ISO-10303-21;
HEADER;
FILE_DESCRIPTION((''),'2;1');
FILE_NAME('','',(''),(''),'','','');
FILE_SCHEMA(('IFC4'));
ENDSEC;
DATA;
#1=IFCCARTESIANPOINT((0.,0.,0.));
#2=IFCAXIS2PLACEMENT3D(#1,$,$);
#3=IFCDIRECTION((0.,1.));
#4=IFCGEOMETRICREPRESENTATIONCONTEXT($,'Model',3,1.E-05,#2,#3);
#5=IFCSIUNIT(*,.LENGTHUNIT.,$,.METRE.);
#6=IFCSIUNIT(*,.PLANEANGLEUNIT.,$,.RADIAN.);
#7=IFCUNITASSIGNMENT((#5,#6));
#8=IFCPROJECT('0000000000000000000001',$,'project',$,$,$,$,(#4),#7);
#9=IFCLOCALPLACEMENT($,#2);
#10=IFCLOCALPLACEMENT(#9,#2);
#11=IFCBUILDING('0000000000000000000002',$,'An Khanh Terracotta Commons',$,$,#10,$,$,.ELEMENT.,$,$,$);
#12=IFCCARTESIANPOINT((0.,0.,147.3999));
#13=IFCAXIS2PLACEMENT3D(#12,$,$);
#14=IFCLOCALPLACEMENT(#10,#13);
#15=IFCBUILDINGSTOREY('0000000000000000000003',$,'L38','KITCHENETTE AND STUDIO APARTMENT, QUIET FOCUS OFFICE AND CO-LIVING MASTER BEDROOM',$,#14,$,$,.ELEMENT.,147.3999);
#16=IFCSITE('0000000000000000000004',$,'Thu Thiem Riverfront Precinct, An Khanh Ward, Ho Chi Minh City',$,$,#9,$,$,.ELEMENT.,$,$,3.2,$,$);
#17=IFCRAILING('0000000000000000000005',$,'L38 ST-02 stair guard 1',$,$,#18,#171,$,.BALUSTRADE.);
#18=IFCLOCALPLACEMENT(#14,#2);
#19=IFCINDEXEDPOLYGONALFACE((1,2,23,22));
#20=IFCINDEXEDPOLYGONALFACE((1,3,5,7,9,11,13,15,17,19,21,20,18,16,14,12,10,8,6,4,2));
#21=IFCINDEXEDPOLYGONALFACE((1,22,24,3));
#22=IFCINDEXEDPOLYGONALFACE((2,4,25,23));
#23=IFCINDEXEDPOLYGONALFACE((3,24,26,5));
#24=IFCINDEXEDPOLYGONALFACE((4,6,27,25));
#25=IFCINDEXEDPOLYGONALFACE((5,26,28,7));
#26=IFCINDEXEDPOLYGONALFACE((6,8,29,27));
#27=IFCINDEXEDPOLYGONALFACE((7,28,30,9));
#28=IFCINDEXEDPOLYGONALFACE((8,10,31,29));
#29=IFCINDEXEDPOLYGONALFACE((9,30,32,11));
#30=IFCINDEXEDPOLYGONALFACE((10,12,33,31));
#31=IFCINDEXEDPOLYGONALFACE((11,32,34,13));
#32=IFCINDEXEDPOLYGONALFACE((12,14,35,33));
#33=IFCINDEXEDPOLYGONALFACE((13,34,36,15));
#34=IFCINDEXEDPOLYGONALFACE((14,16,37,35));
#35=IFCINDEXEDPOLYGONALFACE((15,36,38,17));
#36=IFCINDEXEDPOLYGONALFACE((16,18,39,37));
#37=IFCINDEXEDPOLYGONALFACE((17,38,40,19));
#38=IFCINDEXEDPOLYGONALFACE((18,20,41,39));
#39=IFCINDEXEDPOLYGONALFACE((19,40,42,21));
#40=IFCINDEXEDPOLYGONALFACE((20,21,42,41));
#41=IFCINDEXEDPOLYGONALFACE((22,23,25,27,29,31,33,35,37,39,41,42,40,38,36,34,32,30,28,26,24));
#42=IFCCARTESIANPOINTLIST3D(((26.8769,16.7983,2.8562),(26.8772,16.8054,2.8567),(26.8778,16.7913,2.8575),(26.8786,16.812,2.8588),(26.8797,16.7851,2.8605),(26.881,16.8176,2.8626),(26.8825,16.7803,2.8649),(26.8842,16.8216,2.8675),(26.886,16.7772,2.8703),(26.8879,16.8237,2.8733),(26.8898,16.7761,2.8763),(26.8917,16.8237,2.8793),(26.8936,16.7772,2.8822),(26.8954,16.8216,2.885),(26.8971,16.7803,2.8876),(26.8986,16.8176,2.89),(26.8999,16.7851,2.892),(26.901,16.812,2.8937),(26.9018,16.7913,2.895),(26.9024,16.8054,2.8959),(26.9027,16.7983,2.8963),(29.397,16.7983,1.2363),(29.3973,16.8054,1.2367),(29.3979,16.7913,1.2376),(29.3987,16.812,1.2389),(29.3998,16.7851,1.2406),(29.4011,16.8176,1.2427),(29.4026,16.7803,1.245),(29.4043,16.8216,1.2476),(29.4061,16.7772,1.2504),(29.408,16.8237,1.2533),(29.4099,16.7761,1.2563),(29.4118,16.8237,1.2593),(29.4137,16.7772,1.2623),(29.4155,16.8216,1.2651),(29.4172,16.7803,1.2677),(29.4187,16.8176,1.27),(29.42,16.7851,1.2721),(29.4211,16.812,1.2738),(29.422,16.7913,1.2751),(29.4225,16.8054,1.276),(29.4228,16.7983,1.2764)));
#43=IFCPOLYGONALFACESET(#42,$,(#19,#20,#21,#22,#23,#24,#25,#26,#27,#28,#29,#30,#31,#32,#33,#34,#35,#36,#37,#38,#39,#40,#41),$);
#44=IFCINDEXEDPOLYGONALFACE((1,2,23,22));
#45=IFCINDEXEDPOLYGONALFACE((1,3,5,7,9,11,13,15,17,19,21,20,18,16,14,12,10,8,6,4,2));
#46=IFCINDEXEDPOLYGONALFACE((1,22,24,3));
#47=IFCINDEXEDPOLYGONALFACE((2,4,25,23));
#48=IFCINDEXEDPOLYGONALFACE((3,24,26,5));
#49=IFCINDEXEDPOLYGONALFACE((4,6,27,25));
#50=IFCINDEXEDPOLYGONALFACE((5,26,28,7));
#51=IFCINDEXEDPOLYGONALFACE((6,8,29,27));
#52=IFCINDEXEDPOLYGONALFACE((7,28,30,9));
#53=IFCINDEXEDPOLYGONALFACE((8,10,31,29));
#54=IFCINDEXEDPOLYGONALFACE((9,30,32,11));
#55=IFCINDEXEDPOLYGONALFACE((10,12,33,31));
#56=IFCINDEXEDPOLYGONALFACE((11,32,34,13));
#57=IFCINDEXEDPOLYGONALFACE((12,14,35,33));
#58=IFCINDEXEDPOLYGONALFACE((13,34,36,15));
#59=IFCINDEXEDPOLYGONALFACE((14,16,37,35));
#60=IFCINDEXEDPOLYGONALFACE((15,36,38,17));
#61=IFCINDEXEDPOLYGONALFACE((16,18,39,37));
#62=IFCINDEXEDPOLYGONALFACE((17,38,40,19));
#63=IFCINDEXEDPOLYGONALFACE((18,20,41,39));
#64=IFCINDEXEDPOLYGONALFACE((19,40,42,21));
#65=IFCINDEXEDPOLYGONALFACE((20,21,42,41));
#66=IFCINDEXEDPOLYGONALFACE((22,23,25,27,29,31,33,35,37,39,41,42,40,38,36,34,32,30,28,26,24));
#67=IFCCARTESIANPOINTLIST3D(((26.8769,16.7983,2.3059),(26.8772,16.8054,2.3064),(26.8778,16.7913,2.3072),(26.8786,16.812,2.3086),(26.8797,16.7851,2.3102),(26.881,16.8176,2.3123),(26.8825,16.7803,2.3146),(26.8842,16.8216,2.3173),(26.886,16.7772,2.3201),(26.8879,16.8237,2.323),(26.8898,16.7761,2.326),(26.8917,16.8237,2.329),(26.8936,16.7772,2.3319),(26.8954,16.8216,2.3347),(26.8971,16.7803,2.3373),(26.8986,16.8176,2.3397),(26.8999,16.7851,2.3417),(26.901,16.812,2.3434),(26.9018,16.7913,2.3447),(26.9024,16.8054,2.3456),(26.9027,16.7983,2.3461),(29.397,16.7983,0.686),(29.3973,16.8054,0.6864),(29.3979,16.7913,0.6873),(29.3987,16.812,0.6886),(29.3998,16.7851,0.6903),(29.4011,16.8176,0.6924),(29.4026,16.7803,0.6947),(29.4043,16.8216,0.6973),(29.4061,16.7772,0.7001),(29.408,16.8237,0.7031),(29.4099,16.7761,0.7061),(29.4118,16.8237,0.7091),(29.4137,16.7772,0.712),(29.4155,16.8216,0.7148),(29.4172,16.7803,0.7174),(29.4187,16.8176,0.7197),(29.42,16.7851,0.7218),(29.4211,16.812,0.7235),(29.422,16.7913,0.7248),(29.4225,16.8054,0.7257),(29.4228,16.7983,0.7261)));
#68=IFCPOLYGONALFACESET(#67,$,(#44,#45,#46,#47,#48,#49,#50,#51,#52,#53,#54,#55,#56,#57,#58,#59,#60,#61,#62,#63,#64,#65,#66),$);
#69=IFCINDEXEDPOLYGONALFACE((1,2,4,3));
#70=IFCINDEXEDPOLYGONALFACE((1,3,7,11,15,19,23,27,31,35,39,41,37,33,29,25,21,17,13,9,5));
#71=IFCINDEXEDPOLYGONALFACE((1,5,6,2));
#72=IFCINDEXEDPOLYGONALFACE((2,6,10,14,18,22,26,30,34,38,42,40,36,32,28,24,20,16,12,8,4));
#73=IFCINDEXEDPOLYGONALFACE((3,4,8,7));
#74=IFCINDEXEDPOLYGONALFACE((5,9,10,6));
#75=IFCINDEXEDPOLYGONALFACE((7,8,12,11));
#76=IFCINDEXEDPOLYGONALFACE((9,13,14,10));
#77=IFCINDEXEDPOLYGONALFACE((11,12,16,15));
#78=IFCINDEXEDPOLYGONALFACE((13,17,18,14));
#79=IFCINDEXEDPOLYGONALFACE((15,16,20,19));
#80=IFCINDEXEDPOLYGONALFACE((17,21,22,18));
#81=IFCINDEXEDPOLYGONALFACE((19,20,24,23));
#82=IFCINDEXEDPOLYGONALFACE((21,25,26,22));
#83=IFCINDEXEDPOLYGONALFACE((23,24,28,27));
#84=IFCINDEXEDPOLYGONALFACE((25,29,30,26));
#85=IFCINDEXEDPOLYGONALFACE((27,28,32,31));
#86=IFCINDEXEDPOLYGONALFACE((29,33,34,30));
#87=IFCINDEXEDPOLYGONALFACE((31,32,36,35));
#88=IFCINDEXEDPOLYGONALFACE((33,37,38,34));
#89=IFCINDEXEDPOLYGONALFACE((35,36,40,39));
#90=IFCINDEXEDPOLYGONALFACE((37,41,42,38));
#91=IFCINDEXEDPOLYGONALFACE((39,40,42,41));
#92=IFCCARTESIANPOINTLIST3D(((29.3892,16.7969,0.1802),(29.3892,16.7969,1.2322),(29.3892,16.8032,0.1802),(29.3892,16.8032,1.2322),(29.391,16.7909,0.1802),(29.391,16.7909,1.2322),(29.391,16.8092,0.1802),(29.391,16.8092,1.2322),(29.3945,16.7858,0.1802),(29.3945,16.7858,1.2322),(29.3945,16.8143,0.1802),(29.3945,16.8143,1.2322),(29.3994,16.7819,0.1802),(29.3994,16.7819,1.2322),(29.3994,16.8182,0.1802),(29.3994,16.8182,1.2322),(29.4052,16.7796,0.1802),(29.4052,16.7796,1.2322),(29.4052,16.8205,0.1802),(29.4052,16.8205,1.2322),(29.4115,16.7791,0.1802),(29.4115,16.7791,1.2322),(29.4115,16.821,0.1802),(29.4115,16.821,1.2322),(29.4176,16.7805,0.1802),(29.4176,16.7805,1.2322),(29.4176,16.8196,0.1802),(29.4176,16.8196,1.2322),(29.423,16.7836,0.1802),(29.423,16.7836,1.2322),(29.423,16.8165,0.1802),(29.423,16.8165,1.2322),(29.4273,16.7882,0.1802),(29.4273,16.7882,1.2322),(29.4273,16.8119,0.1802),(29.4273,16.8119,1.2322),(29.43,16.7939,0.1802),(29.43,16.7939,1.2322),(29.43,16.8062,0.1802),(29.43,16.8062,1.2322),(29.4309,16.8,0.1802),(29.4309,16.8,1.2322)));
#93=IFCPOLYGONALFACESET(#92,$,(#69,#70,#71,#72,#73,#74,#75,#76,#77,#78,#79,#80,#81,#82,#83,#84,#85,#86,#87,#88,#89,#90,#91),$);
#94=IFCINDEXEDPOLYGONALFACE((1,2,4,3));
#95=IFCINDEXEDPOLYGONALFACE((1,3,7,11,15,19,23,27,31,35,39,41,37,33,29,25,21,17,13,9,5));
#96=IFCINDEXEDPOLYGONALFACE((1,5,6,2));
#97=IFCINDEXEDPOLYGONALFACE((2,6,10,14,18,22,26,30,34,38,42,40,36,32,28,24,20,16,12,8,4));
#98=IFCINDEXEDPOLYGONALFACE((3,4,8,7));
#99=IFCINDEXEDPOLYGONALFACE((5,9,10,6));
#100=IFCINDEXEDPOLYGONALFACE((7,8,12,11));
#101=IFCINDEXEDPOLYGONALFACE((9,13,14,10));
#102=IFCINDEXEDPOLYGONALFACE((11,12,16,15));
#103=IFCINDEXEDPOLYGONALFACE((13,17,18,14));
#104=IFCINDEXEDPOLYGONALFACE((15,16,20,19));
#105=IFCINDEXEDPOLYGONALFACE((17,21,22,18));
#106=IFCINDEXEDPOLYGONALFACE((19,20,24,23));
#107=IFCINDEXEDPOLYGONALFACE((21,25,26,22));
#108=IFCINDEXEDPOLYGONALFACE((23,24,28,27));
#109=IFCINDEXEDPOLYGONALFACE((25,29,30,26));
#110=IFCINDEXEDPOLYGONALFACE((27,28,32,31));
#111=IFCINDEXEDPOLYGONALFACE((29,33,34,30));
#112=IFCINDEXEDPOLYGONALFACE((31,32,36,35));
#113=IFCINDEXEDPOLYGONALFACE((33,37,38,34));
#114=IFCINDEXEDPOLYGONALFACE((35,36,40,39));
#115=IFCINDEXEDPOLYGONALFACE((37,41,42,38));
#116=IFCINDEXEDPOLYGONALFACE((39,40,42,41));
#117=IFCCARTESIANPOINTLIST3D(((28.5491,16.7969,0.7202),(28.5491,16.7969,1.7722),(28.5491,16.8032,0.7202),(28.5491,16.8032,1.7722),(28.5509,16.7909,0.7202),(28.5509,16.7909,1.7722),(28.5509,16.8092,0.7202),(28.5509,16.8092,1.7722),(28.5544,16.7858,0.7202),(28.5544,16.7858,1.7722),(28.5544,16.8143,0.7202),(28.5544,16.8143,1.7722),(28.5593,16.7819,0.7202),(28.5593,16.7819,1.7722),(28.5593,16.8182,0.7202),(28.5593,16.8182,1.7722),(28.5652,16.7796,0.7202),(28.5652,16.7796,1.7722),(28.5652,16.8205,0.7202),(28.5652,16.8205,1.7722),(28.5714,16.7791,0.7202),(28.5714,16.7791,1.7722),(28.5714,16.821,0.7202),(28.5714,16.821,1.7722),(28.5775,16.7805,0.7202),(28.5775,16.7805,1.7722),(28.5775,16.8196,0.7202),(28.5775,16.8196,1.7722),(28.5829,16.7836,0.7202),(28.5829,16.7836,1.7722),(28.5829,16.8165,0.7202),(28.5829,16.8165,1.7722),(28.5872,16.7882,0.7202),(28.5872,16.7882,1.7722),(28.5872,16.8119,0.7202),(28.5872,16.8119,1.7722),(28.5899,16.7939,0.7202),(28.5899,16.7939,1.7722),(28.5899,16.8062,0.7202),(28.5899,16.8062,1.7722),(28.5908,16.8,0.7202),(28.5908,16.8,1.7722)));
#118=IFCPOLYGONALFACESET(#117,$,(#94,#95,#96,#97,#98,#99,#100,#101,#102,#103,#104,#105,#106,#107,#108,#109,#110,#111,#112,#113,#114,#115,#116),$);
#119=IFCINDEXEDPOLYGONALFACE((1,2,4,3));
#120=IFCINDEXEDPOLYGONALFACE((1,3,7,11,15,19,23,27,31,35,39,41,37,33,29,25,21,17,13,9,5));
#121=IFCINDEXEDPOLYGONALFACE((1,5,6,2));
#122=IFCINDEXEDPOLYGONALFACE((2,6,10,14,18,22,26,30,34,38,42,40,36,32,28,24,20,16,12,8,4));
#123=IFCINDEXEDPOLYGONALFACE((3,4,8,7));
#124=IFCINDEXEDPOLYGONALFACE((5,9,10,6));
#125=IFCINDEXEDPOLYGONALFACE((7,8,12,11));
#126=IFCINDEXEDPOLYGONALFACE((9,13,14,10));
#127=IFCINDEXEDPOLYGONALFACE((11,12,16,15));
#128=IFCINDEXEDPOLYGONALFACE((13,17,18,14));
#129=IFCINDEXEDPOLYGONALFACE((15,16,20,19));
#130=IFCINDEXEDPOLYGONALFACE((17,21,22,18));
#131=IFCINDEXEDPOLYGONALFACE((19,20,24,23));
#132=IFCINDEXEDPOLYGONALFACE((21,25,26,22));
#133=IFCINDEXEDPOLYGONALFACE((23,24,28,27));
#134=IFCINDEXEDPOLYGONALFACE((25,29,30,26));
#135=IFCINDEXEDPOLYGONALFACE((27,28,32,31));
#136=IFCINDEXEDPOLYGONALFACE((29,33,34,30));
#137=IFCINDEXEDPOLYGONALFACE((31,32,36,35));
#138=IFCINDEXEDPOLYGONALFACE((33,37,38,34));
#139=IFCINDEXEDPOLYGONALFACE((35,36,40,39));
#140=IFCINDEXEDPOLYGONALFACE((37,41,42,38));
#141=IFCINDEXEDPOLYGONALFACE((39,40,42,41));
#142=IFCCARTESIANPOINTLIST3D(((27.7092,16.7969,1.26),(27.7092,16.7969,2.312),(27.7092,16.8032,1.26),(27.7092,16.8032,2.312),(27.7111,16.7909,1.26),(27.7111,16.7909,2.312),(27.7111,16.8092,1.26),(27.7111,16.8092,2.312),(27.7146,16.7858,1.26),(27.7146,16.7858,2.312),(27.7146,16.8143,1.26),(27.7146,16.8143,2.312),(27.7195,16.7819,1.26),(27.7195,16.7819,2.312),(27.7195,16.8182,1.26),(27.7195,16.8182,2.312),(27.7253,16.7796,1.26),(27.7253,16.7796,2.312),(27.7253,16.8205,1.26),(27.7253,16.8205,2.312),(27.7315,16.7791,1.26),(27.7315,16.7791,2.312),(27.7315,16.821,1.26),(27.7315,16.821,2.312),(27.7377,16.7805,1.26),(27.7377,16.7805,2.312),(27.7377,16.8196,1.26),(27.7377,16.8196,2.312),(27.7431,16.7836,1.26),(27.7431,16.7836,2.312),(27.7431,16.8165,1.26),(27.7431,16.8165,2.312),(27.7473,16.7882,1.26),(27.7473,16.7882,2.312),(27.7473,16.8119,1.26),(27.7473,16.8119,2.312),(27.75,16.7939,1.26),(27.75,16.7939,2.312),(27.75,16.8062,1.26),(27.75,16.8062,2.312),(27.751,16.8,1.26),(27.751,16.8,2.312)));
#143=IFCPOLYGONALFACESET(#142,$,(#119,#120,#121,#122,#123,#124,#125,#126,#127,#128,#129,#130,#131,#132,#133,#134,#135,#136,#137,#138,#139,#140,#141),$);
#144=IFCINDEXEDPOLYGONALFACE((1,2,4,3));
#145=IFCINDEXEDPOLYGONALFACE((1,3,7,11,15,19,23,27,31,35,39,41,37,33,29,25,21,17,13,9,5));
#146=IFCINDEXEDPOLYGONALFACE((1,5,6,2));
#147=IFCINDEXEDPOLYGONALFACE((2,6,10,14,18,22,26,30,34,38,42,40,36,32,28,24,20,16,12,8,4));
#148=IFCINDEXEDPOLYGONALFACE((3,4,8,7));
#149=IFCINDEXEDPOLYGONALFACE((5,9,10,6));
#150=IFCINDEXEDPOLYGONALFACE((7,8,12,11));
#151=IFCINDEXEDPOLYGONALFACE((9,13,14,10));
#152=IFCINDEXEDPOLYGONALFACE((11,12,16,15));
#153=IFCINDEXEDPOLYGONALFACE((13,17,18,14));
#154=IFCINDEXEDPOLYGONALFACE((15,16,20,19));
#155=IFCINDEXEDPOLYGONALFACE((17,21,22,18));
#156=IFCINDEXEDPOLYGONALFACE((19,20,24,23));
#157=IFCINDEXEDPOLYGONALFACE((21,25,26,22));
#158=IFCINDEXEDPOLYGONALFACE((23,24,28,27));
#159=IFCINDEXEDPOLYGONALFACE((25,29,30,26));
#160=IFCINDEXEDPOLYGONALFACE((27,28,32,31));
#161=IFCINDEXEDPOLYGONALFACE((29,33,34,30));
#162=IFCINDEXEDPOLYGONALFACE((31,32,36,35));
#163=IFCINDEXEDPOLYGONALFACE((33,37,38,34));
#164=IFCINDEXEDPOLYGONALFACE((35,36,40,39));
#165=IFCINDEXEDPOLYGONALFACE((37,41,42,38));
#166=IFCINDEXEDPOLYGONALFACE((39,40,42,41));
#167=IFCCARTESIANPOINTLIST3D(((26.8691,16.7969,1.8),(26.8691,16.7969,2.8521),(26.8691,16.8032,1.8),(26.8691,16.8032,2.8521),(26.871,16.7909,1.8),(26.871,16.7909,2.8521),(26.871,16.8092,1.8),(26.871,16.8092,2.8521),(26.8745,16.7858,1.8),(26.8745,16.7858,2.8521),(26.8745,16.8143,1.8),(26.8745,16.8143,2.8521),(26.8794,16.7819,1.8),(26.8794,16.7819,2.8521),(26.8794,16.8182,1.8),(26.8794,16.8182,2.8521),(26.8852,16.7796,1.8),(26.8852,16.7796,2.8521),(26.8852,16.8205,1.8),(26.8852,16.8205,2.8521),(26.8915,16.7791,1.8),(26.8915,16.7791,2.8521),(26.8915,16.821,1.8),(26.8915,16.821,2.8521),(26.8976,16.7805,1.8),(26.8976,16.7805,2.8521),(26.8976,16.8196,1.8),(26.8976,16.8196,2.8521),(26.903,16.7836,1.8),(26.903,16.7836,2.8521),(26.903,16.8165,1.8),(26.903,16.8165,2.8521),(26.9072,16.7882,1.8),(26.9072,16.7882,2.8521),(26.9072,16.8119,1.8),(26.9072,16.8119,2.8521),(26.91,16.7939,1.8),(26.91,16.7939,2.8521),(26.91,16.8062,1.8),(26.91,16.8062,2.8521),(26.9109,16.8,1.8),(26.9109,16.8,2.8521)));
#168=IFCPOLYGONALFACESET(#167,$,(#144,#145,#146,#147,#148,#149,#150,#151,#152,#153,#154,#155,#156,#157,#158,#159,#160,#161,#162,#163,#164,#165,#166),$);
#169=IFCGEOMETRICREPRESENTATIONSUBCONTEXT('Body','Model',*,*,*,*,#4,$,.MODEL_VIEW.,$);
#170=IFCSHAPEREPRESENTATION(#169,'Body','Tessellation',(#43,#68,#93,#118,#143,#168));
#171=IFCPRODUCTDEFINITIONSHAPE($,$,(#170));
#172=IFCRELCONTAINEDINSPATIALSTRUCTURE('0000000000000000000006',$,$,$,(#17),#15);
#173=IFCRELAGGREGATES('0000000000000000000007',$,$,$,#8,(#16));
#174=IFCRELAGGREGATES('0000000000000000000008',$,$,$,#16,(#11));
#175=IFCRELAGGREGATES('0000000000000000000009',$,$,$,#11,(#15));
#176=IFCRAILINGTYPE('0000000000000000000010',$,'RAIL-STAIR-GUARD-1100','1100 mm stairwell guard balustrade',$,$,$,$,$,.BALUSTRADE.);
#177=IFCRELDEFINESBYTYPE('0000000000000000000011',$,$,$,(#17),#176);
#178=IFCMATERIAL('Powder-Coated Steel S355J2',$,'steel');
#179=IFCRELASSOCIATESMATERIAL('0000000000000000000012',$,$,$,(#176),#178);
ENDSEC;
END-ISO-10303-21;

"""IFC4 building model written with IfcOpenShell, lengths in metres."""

from ifc_helpers import new_model, si_unit, direction, frame, origin, origin_2d, place, context, subcontext, project, spatial, circle, extrude, material, type_object, element, save


model = new_model("IFC4")

# Units and contexts
model_context = context("Model", 3, precision=1e-05, world=origin(), true_north=direction((0.0, 1.0)))
body_context = subcontext(model_context, "Body", "Model", "MODEL_VIEW")
ifc_project = project(units=[si_unit("LENGTHUNIT", "METRE"), si_unit("PLANEANGLEUNIT", "RADIAN")], contexts=[model_context])

# Site, building, storey
site_placement = place(None, origin())
site = spatial("IfcSite", under=ifc_project, at=site_placement, Name="Thu Thiem Riverfront Precinct, An Khanh Ward, Ho Chi Minh City", CompositionType="ELEMENT", RefElevation=3.2)
building_placement = place(site_placement, origin())
building = spatial("IfcBuilding", under=site, at=building_placement, Name="An Khanh Terracotta Commons", CompositionType="ELEMENT")
storey_placement = place(building_placement, frame((0.0, 0.0, 147.3999)))
storey = spatial("IfcBuildingStorey", under=building, at=storey_placement, Name="L38", Description="KITCHENETTE AND STUDIO APARTMENT, QUIET FOCUS OFFICE AND CO-LIVING MASTER BEDROOM", CompositionType="ELEMENT", Elevation=147.3999)

# Railing
ifc_material_1 = material(Name="Powder-Coated Steel S355J2", Category="steel")
railing_type_1 = type_object("IfcRailingType", Name="RAIL-STAIR-GUARD-1100", Description="1100 mm stairwell guard balustrade", PredefinedType="BALUSTRADE", material=ifc_material_1)
railing_1_placement = place(storey_placement, frame((29.4099, 16.8, 0.1802)))
element("IfcRailing", 1, at=railing_1_placement, inside=storey, type_object=railing_type_1, Name="L38 ST-02 stair guard 1", PredefinedType="BALUSTRADE", context=body_context, shape_type="SweptSolid", body=[
    extrude(circle(Radius=0.0239, at=origin_2d()), frame((0.0, 0.0, 1.0762), z_axis=(-0.8412, 0.0, 0.540725), x_axis=(0.0, -1.0, 0.0)), (0.0, 0.0, 1.0), 2.9958),
    extrude(circle(Radius=0.0239, at=origin_2d()), frame((0.0, 0.0, 0.5259), z_axis=(-0.8412, 0.0, 0.540725), x_axis=(0.0, -1.0, 0.0)), (0.0, 0.0, 1.0), 2.9958),
    extrude(circle(Radius=0.021, at=origin_2d()), origin(), (0.0, 0.0, 1.0), 1.052),
    extrude(circle(Radius=0.021, at=origin_2d()), frame((-0.8401, 0.0, 0.54)), (0.0, 0.0, 1.0), 1.052),
    extrude(circle(Radius=0.021, at=origin_2d()), frame((-1.6799, 0.0, 1.0798)), (0.0, 0.0, 1.0), 1.052),
    extrude(circle(Radius=0.021, at=origin_2d()), frame((-2.52, 0.0, 1.6199)), (0.0, 0.0, 1.0), 1.052),
])

save(model, "model.ifc")
